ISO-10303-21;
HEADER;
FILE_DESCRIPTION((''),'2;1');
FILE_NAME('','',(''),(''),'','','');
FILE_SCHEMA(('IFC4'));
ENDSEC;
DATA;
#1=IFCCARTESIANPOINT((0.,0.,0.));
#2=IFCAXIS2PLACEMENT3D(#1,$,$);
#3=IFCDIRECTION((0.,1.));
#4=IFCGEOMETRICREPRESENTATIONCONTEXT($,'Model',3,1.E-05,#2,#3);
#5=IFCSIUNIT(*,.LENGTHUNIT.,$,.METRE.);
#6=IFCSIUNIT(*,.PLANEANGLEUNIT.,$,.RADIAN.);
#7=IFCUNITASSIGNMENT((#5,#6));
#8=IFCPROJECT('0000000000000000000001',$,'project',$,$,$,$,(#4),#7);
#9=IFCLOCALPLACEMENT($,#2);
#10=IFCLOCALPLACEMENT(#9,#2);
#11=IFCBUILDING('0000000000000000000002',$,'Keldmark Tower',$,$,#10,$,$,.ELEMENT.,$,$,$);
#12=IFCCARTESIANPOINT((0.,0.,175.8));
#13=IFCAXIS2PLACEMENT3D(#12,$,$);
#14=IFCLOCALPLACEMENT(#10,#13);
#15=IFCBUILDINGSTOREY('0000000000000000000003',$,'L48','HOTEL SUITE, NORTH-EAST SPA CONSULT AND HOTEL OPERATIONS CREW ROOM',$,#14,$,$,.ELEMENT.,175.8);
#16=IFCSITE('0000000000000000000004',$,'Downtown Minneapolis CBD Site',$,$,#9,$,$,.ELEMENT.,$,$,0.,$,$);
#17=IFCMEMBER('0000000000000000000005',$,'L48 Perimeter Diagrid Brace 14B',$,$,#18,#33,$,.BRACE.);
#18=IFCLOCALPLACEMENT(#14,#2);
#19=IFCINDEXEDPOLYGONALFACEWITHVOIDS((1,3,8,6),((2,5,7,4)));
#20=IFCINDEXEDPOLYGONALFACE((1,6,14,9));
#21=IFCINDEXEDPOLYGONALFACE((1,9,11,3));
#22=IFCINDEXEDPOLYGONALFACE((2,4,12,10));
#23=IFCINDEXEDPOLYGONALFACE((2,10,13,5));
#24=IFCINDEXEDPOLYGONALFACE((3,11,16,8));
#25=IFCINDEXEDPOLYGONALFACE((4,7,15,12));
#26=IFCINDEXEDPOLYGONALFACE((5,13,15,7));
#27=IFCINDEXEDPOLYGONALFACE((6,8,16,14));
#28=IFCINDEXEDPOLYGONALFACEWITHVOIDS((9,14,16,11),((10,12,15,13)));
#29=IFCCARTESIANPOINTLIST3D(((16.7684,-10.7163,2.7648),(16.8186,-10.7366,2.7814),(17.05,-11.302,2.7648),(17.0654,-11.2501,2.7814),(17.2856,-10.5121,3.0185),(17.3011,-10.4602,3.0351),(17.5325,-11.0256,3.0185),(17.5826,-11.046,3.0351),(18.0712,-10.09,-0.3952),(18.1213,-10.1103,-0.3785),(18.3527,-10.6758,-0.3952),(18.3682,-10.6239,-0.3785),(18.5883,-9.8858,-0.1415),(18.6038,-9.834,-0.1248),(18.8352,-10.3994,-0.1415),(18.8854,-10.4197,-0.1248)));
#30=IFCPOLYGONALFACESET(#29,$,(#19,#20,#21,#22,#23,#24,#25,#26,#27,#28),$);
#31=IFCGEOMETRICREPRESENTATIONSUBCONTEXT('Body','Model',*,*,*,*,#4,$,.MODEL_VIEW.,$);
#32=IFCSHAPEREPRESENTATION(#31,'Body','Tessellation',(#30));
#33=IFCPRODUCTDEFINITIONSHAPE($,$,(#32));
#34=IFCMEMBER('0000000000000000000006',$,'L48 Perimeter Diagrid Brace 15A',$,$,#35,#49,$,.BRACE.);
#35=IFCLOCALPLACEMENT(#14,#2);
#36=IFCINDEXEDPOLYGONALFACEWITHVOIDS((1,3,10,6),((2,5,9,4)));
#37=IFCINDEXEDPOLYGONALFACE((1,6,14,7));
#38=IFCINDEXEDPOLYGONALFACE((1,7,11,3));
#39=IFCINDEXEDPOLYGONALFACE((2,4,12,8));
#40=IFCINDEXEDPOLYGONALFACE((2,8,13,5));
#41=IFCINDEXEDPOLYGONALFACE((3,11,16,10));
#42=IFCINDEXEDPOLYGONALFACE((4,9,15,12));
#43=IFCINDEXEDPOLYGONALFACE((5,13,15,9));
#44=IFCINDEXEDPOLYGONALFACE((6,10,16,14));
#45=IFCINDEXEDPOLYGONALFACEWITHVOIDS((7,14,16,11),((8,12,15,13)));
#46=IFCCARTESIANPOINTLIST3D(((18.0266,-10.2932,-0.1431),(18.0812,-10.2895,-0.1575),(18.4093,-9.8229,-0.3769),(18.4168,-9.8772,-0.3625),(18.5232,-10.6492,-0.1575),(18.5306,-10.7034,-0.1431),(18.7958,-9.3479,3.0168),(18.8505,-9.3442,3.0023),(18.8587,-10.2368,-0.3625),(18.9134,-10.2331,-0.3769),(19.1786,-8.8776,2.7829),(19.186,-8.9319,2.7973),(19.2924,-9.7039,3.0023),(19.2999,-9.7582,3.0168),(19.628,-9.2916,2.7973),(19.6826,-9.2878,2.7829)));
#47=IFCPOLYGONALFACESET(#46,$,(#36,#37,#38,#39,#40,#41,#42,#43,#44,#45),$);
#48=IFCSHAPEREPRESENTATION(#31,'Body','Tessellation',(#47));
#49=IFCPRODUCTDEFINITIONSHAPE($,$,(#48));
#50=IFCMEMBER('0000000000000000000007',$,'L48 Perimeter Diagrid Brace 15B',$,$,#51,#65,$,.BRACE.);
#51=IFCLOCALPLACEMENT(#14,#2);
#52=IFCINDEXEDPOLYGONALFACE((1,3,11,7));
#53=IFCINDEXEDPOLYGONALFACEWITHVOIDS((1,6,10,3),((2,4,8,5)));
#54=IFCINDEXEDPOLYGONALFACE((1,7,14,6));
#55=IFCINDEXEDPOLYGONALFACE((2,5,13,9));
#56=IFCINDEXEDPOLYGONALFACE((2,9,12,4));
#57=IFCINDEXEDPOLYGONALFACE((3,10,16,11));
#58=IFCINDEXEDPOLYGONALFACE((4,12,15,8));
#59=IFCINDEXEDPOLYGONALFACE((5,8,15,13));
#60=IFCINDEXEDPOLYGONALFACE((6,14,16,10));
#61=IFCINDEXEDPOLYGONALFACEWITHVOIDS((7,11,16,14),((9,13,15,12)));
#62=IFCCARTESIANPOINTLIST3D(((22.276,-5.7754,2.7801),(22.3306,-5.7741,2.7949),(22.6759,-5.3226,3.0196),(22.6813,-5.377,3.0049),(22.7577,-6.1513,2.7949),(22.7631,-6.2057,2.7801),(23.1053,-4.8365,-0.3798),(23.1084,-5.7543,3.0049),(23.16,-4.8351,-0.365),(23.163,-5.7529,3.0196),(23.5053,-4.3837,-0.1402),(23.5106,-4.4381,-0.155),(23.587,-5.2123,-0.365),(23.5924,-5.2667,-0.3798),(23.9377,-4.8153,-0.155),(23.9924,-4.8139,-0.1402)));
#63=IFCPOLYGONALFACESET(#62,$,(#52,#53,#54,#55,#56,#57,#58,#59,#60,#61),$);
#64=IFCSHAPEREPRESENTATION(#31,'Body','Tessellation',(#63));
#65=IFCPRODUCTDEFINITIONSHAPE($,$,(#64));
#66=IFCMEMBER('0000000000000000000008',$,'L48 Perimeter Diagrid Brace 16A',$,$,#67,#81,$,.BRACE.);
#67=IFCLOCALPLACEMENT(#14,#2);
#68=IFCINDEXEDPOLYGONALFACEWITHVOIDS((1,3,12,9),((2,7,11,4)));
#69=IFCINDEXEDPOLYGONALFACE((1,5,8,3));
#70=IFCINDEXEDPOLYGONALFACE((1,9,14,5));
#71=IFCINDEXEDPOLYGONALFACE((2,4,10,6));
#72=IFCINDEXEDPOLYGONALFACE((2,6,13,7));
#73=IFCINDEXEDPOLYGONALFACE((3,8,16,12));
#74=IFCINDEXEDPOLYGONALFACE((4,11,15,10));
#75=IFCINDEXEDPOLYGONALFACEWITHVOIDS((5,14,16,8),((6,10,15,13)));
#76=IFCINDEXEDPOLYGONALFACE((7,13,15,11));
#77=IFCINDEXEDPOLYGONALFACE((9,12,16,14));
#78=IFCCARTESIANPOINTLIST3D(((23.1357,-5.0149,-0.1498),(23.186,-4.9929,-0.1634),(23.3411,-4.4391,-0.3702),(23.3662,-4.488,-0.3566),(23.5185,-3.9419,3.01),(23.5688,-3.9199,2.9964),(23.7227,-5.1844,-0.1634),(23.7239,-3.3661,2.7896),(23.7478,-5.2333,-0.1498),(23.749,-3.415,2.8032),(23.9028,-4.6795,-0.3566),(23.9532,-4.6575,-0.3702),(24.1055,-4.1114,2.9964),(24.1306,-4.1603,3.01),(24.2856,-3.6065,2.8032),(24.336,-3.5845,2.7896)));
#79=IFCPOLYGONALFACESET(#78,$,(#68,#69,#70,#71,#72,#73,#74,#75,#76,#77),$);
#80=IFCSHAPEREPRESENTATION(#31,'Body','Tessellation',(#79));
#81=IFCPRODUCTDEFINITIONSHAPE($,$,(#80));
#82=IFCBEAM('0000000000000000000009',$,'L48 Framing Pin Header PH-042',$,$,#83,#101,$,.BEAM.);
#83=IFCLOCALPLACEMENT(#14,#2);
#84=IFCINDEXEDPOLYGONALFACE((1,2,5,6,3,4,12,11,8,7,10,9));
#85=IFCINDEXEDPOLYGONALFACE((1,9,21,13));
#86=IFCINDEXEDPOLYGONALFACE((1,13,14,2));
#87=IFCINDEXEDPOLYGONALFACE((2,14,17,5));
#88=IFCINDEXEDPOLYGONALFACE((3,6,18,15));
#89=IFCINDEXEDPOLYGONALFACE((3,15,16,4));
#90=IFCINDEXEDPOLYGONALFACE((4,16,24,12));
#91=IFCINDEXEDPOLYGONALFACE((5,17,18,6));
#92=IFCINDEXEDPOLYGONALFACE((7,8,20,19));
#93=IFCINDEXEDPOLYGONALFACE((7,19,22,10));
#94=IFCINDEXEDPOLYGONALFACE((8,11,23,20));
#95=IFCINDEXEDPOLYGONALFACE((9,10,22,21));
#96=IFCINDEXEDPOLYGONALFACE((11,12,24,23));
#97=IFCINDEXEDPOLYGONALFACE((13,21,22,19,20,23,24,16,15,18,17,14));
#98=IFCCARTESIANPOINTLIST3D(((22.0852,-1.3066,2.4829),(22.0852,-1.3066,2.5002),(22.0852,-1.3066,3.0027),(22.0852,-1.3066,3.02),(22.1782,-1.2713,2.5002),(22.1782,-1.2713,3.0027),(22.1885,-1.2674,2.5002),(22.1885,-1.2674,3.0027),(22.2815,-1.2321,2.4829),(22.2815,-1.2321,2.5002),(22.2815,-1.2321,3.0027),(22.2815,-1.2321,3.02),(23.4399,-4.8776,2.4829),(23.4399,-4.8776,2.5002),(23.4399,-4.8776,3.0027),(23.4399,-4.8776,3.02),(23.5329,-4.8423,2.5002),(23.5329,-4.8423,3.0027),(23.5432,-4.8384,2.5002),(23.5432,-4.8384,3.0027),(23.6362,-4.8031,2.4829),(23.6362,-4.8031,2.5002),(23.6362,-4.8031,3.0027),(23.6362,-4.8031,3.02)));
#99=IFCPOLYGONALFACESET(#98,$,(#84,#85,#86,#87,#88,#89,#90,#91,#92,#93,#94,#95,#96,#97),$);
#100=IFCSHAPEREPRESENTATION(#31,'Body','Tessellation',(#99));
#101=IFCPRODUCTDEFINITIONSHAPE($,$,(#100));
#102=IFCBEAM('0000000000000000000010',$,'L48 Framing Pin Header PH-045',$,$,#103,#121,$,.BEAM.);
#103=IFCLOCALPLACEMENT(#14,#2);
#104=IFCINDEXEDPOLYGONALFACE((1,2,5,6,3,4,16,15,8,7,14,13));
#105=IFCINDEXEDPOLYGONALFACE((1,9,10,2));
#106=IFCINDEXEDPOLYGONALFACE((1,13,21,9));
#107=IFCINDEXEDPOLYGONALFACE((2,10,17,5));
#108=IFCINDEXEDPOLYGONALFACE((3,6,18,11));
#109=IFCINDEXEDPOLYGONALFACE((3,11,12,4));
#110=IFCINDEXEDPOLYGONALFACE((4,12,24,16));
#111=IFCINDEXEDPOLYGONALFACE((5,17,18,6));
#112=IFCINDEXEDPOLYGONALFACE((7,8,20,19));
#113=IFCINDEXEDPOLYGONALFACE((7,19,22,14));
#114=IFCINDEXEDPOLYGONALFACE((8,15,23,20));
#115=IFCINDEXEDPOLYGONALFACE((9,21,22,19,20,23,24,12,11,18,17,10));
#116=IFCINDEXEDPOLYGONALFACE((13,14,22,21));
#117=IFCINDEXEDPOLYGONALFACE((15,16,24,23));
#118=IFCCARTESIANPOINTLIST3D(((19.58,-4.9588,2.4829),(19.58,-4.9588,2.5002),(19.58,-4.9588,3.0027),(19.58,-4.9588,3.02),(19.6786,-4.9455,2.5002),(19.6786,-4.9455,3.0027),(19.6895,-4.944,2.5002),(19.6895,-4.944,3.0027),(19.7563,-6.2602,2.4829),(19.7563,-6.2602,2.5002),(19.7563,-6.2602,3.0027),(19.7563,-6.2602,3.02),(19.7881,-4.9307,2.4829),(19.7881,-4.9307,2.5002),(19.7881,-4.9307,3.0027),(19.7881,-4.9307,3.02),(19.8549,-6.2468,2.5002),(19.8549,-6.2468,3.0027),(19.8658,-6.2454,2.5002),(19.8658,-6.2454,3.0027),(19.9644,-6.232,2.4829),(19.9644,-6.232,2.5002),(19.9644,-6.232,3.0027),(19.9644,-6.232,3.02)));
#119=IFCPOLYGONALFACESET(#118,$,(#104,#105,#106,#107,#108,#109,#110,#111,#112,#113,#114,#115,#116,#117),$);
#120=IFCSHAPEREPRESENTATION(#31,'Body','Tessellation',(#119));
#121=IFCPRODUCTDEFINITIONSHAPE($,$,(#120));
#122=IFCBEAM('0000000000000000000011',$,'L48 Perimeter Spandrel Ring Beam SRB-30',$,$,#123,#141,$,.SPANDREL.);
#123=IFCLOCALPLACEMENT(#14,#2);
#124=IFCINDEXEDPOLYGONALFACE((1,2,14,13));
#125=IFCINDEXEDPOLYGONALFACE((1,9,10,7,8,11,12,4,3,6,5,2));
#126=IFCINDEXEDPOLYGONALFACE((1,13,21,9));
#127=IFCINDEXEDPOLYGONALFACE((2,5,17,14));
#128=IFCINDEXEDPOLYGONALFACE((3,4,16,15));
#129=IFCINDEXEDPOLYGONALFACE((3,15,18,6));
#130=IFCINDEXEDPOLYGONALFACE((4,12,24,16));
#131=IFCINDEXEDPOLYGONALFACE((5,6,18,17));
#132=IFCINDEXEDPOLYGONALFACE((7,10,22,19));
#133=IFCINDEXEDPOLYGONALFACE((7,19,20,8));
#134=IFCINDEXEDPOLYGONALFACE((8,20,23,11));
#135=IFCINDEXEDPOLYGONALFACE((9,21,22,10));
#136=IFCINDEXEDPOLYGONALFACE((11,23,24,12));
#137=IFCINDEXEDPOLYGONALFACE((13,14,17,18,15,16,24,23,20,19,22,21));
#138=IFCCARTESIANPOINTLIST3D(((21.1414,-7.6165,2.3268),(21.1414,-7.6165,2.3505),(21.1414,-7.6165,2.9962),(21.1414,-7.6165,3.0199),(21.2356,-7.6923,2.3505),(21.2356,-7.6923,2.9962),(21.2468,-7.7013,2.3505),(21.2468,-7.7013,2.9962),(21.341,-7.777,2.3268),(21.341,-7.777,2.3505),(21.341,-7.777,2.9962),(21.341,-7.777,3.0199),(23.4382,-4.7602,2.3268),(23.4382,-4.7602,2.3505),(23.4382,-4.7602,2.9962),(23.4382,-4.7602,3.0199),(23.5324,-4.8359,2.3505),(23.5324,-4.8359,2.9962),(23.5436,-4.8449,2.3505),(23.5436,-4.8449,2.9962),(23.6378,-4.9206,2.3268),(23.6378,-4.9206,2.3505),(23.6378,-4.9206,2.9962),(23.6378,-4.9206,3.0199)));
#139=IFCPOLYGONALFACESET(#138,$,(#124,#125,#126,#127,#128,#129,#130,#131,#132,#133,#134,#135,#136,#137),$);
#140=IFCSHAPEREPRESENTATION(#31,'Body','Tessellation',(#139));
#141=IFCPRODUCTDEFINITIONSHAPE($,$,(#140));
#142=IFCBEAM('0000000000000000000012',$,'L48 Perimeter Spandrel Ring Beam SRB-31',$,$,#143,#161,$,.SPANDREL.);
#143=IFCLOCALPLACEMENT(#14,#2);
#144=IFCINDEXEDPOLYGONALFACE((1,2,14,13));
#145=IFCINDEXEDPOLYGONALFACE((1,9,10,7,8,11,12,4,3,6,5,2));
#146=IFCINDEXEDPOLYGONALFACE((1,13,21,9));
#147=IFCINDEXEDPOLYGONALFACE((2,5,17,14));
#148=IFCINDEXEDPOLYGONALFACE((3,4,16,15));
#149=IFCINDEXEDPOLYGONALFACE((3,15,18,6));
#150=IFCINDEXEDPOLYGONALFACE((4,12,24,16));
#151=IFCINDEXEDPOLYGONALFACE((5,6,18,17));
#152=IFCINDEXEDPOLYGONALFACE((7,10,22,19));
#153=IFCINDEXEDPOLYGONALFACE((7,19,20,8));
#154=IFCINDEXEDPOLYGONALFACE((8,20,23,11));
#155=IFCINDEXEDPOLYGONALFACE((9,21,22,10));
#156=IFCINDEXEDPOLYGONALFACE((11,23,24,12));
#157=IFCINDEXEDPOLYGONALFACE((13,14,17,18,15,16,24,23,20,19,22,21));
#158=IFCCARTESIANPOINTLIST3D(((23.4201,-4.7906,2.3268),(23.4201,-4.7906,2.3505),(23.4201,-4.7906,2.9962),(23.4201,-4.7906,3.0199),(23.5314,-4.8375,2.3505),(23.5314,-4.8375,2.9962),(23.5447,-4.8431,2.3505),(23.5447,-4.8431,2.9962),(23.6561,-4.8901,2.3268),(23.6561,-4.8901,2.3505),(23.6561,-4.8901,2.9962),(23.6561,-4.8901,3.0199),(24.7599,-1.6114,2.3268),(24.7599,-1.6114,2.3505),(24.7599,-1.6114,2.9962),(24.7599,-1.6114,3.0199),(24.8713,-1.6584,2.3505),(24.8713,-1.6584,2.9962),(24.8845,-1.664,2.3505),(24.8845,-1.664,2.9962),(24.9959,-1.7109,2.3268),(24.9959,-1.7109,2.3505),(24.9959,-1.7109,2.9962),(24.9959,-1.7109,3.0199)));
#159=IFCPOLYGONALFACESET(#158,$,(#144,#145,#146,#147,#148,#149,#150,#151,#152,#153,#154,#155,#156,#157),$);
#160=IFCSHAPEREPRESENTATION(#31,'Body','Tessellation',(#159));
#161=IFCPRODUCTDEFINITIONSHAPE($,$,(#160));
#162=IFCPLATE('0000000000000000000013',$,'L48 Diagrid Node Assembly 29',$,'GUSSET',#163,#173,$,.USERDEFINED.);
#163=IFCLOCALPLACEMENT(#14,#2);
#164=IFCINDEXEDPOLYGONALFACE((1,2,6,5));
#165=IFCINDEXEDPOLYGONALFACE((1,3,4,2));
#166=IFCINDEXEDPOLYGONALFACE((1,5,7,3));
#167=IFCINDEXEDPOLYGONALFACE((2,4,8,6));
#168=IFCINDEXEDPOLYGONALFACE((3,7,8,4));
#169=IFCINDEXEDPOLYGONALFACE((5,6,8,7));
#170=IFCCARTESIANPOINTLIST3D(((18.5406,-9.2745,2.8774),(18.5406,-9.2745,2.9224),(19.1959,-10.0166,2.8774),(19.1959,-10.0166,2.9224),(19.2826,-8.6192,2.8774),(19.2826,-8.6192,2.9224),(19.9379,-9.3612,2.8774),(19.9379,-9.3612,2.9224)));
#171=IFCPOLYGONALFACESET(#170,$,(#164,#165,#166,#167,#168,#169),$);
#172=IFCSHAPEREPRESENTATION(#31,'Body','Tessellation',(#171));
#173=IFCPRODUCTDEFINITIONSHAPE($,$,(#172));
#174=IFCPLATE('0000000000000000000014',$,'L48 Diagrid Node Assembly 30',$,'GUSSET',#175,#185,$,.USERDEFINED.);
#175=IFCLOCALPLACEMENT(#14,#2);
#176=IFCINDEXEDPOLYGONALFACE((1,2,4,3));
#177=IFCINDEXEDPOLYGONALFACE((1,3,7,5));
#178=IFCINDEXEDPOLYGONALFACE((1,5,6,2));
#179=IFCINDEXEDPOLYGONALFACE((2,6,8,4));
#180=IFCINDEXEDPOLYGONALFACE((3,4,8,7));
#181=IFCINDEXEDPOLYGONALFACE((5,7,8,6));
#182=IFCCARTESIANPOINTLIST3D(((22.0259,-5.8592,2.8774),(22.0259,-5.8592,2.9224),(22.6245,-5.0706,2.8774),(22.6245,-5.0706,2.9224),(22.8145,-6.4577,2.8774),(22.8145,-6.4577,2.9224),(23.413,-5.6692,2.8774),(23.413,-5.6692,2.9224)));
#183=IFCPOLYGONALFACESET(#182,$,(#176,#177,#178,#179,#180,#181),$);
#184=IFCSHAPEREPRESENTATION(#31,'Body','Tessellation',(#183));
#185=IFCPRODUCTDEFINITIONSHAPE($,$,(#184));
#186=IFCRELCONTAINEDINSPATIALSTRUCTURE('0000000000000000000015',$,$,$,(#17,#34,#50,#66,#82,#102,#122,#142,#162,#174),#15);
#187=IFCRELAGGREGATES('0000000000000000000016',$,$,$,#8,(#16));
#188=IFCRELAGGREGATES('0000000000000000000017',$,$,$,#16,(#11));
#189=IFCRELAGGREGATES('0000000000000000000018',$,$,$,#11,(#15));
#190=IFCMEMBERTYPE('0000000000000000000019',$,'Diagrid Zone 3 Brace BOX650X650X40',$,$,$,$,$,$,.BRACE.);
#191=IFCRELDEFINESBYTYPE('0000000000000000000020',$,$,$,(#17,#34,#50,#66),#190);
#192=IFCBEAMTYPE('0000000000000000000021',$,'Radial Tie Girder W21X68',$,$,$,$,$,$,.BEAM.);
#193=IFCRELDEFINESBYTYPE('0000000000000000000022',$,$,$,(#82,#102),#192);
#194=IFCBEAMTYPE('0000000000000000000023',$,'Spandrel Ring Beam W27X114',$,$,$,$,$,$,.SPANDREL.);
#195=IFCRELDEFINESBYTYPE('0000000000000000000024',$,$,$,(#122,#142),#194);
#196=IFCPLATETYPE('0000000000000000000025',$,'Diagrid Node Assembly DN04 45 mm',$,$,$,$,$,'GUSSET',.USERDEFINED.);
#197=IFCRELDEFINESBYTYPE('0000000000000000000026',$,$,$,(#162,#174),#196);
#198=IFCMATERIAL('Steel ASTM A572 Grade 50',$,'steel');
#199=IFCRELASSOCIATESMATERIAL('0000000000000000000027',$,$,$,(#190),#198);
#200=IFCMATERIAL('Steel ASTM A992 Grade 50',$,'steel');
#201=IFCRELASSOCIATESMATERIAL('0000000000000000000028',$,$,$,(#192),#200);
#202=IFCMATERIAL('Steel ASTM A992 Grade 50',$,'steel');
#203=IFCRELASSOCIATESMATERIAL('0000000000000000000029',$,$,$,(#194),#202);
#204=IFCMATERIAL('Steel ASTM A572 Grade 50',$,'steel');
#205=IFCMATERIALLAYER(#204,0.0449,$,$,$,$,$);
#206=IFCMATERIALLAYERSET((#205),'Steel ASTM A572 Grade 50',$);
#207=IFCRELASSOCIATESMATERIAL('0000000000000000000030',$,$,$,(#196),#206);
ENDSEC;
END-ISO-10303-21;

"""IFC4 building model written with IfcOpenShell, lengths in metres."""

from ifc_helpers import new_model, si_unit, direction, frame, origin, origin_2d, place, context, subcontext, project, spatial, rectangle, hollow_rectangle, i_section, extrude, material, layer, layer_set, material_profile, profile_set, type_object, element, save


model = new_model("IFC4")

# Units and contexts
model_context = context("Model", 3, precision=1e-05, world=origin(), true_north=direction((0.0, 1.0)))
body_context = subcontext(model_context, "Body", "Model", "MODEL_VIEW")
ifc_project = project(units=[si_unit("LENGTHUNIT", "METRE"), si_unit("PLANEANGLEUNIT", "RADIAN")], contexts=[model_context])

# Site, building, storey
site_placement = place(None, origin())
site = spatial("IfcSite", under=ifc_project, at=site_placement, Name="Downtown Minneapolis CBD Site", CompositionType="ELEMENT", RefElevation=0.0)
building_placement = place(site_placement, origin())
building = spatial("IfcBuilding", under=site, at=building_placement, Name="Keldmark Tower", CompositionType="ELEMENT")
storey_placement = place(building_placement, frame((0.0, 0.0, 175.8)))
storey = spatial("IfcBuildingStorey", under=building, at=storey_placement, Name="L48", Description="HOTEL SUITE, NORTH-EAST SPA CONSULT AND HOTEL OPERATIONS CREW ROOM", CompositionType="ELEMENT", Elevation=175.8)

# Members
ifc_material_1 = material(Name="Steel ASTM A572 Grade 50", Category="steel")
ifc_material_profile_1 = material_profile(ifc_material_1, hollow_rectangle(XDim=0.6499, YDim=0.6499, WallThickness=0.04, at=origin_2d()), Name="BOX650X650X40")
ifc_profile_set_1 = profile_set([ifc_material_profile_1], Name="Steel ASTM A572 Grade 50")
member_type = type_object("IfcMemberType", Name="Diagrid Zone 3 Brace BOX650X650X40", PredefinedType="BRACE", material=ifc_profile_set_1)
member_1_placement = place(storey_placement, frame((18.4783, -10.2549, -0.26), z_axis=(-0.374908, -0.180217, 0.909377), x_axis=(0.433242, -0.901278, 0.0)))
element("IfcMember", 1, at=member_1_placement, inside=storey, type_object=member_type, Name="L48 Perimeter Diagrid Brace 14B", PredefinedType="BRACE", context=body_context, shape_type="SweptSolid", body=[
    extrude(hollow_rectangle(XDim=0.6499, YDim=0.6499, WallThickness=0.04, at=origin_2d()), origin(), (0.0, 0.0, 1.0), 3.4749),
])
member_2_placement = place(storey_placement, frame((18.47, -10.2632, -0.26), z_axis=(0.227142, 0.279116, 0.933006), x_axis=(-0.775624, 0.631196, 0.0)))
element("IfcMember", 2, at=member_2_placement, inside=storey, type_object=member_type, Name="L48 Perimeter Diagrid Brace 15A", PredefinedType="BRACE", context=body_context, shape_type="SweptSolid", body=[
    extrude(hollow_rectangle(XDim=0.6499, YDim=0.6499, WallThickness=0.04, at=origin_2d()), origin(), (0.0, 0.0, 1.0), 3.3867),
])
member_3_placement = place(storey_placement, frame((23.5488, -4.8252, -0.26), z_axis=(-0.243983, -0.276232, 0.929607), x_axis=(0.749502, -0.662002, 0.0)))
element("IfcMember", 3, at=member_3_placement, inside=storey, type_object=member_type, Name="L48 Perimeter Diagrid Brace 15B", PredefinedType="BRACE", context=body_context, shape_type="SweptSolid", body=[
    extrude(hollow_rectangle(XDim=0.6499, YDim=0.6499, WallThickness=0.04, at=origin_2d()), origin(), (0.0, 0.0, 1.0), 3.3992),
])
member_4_placement = place(storey_placement, frame((23.5444, -4.8362, -0.26), z_axis=(0.113966, 0.319439, 0.940729), x_axis=(-0.941853, 0.336024, 0.0)))
element("IfcMember", 4, at=member_4_placement, inside=storey, type_object=member_type, Name="L48 Perimeter Diagrid Brace 16A", PredefinedType="BRACE", context=body_context, shape_type="SweptSolid", body=[
    extrude(hollow_rectangle(XDim=0.6499, YDim=0.6499, WallThickness=0.04, at=origin_2d()), origin(), (0.0, 0.0, 1.0), 3.3589),
])

# Beams
ifc_material_2 = material(Name="Steel ASTM A992 Grade 50", Category="steel")
ifc_material_profile_2 = material_profile(ifc_material_2, i_section(OverallWidth=0.21, OverallDepth=0.5371, WebThickness=0.011, FlangeThickness=0.0173, at=origin_2d()), Name="W21X68")
ifc_profile_set_2 = profile_set([ifc_material_profile_2], Name="Steel ASTM A992 Grade 50")
beam_type_1 = type_object("IfcBeamType", Name="Radial Tie Girder W21X68", PredefinedType="BEAM", material=ifc_profile_set_2)
beam_1_placement = place(storey_placement, frame((23.5381, -4.8403, 2.7515), z_axis=(-0.3547, 0.93498, 0.0), x_axis=(-0.93498, -0.3547, 0.0)))
element("IfcBeam", 5, at=beam_1_placement, inside=storey, type_object=beam_type_1, Name="L48 Framing Pin Header PH-042", PredefinedType="BEAM", context=body_context, shape_type="SweptSolid", body=[
    extrude(i_section(OverallWidth=0.21, OverallDepth=0.5371, WebThickness=0.011, FlangeThickness=0.0173, at=origin_2d()), origin(), (0.0, 0.0, 1.0), 3.8193),
])
beam_2_placement = place(storey_placement, frame((19.8604, -6.2461, 2.7515), z_axis=(-0.134234, 0.99095, 0.0), x_axis=(-0.99095, -0.134234, 0.0)))
element("IfcBeam", 6, at=beam_2_placement, inside=storey, type_object=beam_type_1, Name="L48 Framing Pin Header PH-045", PredefinedType="BEAM", context=body_context, shape_type="SweptSolid", body=[
    extrude(i_section(OverallWidth=0.21, OverallDepth=0.5371, WebThickness=0.011, FlangeThickness=0.0173, at=origin_2d()), origin(), (0.0, 0.0, 1.0), 1.3132),
])
ifc_material_3 = material(Name="Steel ASTM A992 Grade 50", Category="steel")
ifc_material_profile_3 = material_profile(ifc_material_3, i_section(OverallWidth=0.2561, OverallDepth=0.6931, WebThickness=0.0144, FlangeThickness=0.0237, at=origin_2d()), Name="W27X114")
ifc_profile_set_3 = profile_set([ifc_material_profile_3], Name="Steel ASTM A992 Grade 50")
beam_type_2 = type_object("IfcBeamType", Name="Spandrel Ring Beam W27X114", PredefinedType="SPANDREL", material=ifc_profile_set_3)
beam_3_placement = place(storey_placement, frame((21.2412, -7.6968, 2.6733), z_axis=(0.626643, 0.779307, 0.0), x_axis=(-0.779307, 0.626643, 0.0)))
element("IfcBeam", 7, at=beam_3_placement, inside=storey, type_object=beam_type_2, Name="L48 Perimeter Spandrel Ring Beam SRB-30", PredefinedType="SPANDREL", context=body_context, shape_type="SweptSolid", body=[
    extrude(i_section(OverallWidth=0.2561, OverallDepth=0.6931, WebThickness=0.0144, FlangeThickness=0.0237, at=origin_2d()), origin(), (0.0, 0.0, 1.0), 3.6653),
])
beam_4_placement = place(storey_placement, frame((23.5381, -4.8403, 2.6733), z_axis=(0.388361, 0.921507, 0.0), x_axis=(-0.921507, 0.388361, 0.0)))
element("IfcBeam", 8, at=beam_4_placement, inside=storey, type_object=beam_type_2, Name="L48 Perimeter Spandrel Ring Beam SRB-31", PredefinedType="SPANDREL", context=body_context, shape_type="SweptSolid", body=[
    extrude(i_section(OverallWidth=0.2561, OverallDepth=0.6931, WebThickness=0.0144, FlangeThickness=0.0237, at=origin_2d()), origin(), (0.0, 0.0, 1.0), 3.45),
])

# Plates
ifc_material_4 = material(Name="Steel ASTM A572 Grade 50", Category="steel")
ifc_layer_1 = layer(ifc_material_4, 0.0449)
ifc_layer_set_1 = layer_set([ifc_layer_1], Name="Steel ASTM A572 Grade 50")
plate_type = type_object("IfcPlateType", Name="Diagrid Node Assembly DN04 45 mm", ElementType="GUSSET", PredefinedType="USERDEFINED", material=ifc_layer_set_1)
for number, where, z_axis, x_axis, name in (
    (9, (19.2393, -9.3179, 2.8774), (0.0, 0.0, 1.0), (0.749534, 0.661966, 0.0), "L48 Diagrid Node Assembly 29"),
    (10, (22.7195, -5.7642, 2.8774), (0.0, 0.0, 1.0), (0.604599, 0.79653, 0.0), "L48 Diagrid Node Assembly 30"),
):
    element("IfcPlate", number, at=place(storey_placement, frame(where, z_axis=z_axis, x_axis=x_axis)), inside=storey, type_object=plate_type, Name=name, ObjectType="GUSSET", PredefinedType="USERDEFINED", context=body_context, shape_type="SweptSolid", body=[
        extrude(rectangle(XDim=0.99, YDim=0.99, at=origin_2d()), origin(), (0.0, 0.0, 1.0), 0.0449),
    ])

save(model, "model.ifc")
